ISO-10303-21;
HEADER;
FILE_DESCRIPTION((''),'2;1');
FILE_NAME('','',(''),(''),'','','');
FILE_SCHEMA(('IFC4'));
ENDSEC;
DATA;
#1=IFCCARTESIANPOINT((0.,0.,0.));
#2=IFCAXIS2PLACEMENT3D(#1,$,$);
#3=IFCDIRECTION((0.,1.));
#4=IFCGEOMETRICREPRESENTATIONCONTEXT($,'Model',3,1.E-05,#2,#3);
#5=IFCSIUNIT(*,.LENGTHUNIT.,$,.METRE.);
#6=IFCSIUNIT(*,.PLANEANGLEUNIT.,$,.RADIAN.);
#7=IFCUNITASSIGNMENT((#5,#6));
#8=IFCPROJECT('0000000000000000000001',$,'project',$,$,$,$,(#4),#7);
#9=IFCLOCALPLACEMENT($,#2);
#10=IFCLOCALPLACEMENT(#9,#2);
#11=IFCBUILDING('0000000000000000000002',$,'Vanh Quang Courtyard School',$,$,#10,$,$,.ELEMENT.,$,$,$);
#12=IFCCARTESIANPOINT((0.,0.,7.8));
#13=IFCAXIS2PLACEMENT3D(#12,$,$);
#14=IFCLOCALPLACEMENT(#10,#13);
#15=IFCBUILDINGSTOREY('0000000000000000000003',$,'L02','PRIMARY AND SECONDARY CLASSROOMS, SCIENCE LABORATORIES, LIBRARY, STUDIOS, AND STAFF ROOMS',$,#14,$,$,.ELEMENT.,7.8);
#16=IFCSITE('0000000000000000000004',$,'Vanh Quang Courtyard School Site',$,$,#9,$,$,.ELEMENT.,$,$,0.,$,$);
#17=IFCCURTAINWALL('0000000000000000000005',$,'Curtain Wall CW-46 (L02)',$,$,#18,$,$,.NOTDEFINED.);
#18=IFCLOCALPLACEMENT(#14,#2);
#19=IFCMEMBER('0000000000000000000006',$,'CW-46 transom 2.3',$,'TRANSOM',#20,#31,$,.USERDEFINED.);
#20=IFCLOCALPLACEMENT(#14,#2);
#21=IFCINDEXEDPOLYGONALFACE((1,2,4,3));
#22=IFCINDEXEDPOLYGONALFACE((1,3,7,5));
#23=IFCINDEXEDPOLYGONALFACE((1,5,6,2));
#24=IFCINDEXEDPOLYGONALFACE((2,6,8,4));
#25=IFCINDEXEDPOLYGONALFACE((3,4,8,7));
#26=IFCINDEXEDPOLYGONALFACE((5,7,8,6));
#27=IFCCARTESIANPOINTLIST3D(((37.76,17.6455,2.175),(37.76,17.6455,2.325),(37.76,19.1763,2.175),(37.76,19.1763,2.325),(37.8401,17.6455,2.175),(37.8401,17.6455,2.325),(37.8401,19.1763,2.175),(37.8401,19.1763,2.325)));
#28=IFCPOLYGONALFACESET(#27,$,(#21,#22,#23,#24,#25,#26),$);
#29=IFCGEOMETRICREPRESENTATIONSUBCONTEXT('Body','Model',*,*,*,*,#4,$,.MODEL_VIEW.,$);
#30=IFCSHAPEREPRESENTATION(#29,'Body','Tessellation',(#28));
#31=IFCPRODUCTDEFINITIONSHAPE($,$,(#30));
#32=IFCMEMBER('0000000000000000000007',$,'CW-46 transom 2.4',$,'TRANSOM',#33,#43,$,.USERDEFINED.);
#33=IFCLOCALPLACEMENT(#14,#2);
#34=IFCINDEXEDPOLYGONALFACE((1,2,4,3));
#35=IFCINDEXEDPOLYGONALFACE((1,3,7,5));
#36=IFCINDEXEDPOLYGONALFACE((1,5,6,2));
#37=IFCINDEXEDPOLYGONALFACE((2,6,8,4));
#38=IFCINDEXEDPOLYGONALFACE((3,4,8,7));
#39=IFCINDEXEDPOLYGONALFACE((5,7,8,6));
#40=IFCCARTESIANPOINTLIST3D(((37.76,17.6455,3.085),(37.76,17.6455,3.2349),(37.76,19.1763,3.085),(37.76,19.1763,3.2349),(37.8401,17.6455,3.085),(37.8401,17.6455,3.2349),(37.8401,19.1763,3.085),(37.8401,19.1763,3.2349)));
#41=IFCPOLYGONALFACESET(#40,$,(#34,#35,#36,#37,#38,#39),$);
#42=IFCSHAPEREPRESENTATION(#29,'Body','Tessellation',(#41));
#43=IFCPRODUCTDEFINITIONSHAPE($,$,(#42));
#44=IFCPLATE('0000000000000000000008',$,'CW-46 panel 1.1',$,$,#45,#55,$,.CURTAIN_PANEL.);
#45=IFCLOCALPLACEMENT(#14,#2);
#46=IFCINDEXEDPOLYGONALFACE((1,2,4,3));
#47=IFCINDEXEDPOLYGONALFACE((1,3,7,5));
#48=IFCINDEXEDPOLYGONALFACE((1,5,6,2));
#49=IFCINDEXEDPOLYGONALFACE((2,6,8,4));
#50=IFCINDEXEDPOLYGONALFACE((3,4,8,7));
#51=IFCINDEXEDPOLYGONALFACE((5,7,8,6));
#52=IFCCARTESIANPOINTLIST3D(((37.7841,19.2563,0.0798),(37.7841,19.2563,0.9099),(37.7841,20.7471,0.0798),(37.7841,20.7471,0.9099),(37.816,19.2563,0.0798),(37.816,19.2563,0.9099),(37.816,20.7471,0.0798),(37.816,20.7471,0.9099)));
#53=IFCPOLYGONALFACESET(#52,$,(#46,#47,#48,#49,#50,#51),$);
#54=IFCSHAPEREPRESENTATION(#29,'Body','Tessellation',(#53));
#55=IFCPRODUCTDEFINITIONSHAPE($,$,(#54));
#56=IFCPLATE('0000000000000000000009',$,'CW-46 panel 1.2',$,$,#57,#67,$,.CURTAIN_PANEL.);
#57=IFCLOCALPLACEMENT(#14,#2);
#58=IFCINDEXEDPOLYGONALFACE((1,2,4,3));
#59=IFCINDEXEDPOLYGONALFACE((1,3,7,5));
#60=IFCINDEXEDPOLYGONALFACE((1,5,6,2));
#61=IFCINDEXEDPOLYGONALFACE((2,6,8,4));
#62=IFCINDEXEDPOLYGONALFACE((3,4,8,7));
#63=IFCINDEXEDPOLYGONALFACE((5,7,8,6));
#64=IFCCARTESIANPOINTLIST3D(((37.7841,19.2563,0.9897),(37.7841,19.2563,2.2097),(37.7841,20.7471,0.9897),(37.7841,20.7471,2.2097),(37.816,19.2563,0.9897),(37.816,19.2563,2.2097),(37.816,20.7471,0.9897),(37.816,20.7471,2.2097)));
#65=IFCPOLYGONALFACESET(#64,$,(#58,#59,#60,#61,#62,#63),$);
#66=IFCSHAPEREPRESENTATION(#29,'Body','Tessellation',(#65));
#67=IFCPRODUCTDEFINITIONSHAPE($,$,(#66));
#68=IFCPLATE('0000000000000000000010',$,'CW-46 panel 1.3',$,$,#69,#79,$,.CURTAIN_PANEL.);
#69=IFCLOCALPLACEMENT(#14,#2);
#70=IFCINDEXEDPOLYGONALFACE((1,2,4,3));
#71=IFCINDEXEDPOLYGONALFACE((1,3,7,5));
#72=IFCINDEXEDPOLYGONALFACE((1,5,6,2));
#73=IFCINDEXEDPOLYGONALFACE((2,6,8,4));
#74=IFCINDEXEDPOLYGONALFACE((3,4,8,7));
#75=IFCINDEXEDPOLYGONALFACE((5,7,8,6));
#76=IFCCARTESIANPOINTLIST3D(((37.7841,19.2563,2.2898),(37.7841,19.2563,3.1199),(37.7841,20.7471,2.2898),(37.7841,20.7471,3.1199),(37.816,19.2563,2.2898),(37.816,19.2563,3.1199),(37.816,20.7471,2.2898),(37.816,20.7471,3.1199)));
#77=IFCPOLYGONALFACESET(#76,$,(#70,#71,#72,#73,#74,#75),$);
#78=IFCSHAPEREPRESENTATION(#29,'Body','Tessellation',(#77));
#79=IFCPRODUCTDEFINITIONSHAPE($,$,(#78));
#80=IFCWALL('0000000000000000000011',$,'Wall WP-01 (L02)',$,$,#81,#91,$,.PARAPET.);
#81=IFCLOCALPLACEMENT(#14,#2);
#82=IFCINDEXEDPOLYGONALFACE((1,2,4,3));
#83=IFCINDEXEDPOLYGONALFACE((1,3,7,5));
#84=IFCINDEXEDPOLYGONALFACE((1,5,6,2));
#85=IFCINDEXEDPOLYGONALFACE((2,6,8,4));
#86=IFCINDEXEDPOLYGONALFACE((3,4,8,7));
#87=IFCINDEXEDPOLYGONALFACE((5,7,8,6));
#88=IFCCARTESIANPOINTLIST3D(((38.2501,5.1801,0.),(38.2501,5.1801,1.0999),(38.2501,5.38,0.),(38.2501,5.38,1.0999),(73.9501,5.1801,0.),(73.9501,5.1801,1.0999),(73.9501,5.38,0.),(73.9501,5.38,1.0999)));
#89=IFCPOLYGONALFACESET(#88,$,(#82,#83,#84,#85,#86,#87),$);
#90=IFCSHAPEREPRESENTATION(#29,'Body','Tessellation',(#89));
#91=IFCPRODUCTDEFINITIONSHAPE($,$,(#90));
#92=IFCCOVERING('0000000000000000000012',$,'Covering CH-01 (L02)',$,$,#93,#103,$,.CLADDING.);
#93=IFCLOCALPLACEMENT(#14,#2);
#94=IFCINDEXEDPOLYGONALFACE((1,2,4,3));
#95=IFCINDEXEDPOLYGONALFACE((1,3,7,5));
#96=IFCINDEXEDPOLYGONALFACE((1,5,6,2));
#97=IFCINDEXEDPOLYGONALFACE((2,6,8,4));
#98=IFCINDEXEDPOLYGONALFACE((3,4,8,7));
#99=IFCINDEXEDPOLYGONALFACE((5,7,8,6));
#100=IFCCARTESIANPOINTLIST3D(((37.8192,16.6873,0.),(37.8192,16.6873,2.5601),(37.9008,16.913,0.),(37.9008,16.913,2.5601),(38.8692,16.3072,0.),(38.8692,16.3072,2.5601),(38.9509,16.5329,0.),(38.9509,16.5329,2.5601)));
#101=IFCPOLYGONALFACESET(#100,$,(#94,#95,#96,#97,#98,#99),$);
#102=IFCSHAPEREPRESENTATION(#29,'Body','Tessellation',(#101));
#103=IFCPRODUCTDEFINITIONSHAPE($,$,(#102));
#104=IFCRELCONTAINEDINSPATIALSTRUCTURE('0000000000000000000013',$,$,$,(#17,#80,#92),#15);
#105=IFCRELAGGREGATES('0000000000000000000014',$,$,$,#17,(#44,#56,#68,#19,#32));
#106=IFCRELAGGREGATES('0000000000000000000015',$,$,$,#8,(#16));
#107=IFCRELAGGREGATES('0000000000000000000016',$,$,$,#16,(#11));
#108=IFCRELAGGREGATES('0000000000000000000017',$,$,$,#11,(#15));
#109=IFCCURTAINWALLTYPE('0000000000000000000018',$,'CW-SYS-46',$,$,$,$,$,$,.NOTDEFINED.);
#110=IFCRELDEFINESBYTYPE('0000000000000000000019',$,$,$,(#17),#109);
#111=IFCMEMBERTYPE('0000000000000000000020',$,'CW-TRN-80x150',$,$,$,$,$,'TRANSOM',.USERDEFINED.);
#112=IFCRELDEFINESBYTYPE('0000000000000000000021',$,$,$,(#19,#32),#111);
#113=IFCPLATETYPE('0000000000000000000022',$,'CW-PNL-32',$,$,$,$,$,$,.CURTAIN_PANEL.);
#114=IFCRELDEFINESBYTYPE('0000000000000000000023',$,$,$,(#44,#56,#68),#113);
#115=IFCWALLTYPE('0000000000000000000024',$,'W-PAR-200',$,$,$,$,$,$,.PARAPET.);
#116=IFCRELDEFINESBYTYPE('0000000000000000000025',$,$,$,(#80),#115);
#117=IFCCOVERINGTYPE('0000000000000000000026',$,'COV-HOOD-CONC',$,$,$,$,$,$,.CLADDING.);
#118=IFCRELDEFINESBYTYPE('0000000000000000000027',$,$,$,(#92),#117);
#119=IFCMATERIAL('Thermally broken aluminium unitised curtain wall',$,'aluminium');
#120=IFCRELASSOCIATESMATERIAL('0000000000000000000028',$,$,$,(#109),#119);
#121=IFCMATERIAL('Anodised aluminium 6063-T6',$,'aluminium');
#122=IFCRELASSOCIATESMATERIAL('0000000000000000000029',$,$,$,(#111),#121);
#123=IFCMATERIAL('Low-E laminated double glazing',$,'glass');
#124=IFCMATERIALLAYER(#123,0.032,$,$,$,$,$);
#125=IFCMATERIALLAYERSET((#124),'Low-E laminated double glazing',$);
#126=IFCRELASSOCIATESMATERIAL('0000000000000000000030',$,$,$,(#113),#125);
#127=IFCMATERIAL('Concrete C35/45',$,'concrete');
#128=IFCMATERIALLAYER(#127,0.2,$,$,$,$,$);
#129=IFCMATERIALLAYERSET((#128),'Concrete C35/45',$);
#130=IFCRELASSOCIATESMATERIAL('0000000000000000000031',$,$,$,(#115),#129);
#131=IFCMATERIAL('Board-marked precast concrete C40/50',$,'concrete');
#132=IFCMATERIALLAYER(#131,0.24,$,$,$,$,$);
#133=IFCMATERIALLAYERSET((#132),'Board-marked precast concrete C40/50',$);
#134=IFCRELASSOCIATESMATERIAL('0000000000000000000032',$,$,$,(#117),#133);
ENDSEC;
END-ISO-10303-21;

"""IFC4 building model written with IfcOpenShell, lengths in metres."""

from ifc_helpers import new_model, si_unit, direction, frame, frame_2d, origin, origin_2d, place, context, subcontext, project, spatial, rectangle, extrude, material, layer, layer_set, material_profile, profile_set, type_object, element, aggregate, save


model = new_model("IFC4")

# Units and contexts
model_context = context("Model", 3, precision=1e-05, world=origin(), true_north=direction((0.0, 1.0)))
body_context = subcontext(model_context, "Body", "Model", "MODEL_VIEW")
ifc_project = project(units=[si_unit("LENGTHUNIT", "METRE"), si_unit("PLANEANGLEUNIT", "RADIAN")], contexts=[model_context])

# Site, building, storey
site_placement = place(None, origin())
site = spatial("IfcSite", under=ifc_project, at=site_placement, Name="Vanh Quang Courtyard School Site", CompositionType="ELEMENT", RefElevation=0.0)
building_placement = place(site_placement, origin())
building = spatial("IfcBuilding", under=site, at=building_placement, Name="Vanh Quang Courtyard School", CompositionType="ELEMENT")
storey_placement = place(building_placement, frame((0.0, 0.0, 7.8)))
storey = spatial("IfcBuildingStorey", under=building, at=storey_placement, Name="L02", Description="PRIMARY AND SECONDARY CLASSROOMS, SCIENCE LABORATORIES, LIBRARY, STUDIOS, AND STAFF ROOMS", CompositionType="ELEMENT", Elevation=7.8)

# Shared definitions
ifc_material_1 = material(Name="Concrete C35/45", Category="concrete")

# Curtain wall, members, plates
ifc_material_2 = material(Name="Thermally broken aluminium unitised curtain wall", Category="aluminium")
curtain_wall_type = type_object("IfcCurtainWallType", Name="CW-SYS-46", PredefinedType="NOTDEFINED", material=ifc_material_2)
curtain_wall_placement = place(storey_placement, origin())
curtain_wall = element("IfcCurtainWall", 1, at=curtain_wall_placement, inside=storey, type_object=curtain_wall_type, Name="Curtain Wall CW-46 (L02)", PredefinedType="NOTDEFINED")
ifc_material_3 = material(Name="Anodised aluminium 6063-T6", Category="aluminium")
ifc_material_profile_1 = material_profile(ifc_material_3, rectangle(XDim=0.0801, YDim=0.1499, at=origin_2d()), Name="ALU-TRN 80x150")
ifc_profile_set_1 = profile_set([ifc_material_profile_1], Name="Anodised aluminium 6063-T6")
member_type_1 = type_object("IfcMemberType", Name="CW-TRN-80x150", ElementType="TRANSOM", PredefinedType="USERDEFINED", material=ifc_profile_set_1)
member_1_placement = place(storey_placement, frame((37.8, 19.1763, 2.25), z_axis=(0.0, -1.0, 0.0), x_axis=(1.0, 0.0, 0.0)))
member_1 = element("IfcMember", 2, at=member_1_placement, type_object=member_type_1, Name="CW-46 transom 2.3", ObjectType="TRANSOM", PredefinedType="USERDEFINED", context=body_context, shape_type="SweptSolid", body=[
    extrude(rectangle(XDim=0.0801, YDim=0.1499, at=origin_2d()), origin(), (0.0, 0.0, 1.0), 1.5308),
])
member_2_placement = place(storey_placement, frame((37.8, 19.1763, 3.1599), z_axis=(0.0, -1.0, 0.0), x_axis=(1.0, 0.0, 0.0)))
member_2 = element("IfcMember", 3, at=member_2_placement, type_object=member_type_1, Name="CW-46 transom 2.4", ObjectType="TRANSOM", PredefinedType="USERDEFINED", context=body_context, shape_type="SweptSolid", body=[
    extrude(rectangle(XDim=0.0801, YDim=0.1499, at=origin_2d()), origin(), (0.0, 0.0, 1.0), 1.5308),
])
ifc_material_4 = material(Name="Low-E laminated double glazing", Category="glass")
ifc_layer_1 = layer(ifc_material_4, 0.032)
ifc_layer_set_1 = layer_set([ifc_layer_1], Name="Low-E laminated double glazing")
plate_type = type_object("IfcPlateType", Name="CW-PNL-32", PredefinedType="CURTAIN_PANEL", material=ifc_layer_set_1)
plate_1_placement = place(storey_placement, frame((37.8, 20.0017, 0.0798), z_axis=(0.0, 0.0, 1.0), x_axis=(0.0, -1.0, 0.0)))
plate_1 = element("IfcPlate", 4, at=plate_1_placement, type_object=plate_type, Name="CW-46 panel 1.1", PredefinedType="CURTAIN_PANEL", context=body_context, shape_type="SweptSolid", body=[
    extrude(rectangle(XDim=1.4907, YDim=0.032, at=origin_2d()), origin(), (0.0, 0.0, 1.0), 0.8301),
])
plate_2_placement = place(storey_placement, frame((37.8, 20.0017, 0.9897), z_axis=(0.0, 0.0, 1.0), x_axis=(0.0, -1.0, 0.0)))
plate_2 = element("IfcPlate", 5, at=plate_2_placement, type_object=plate_type, Name="CW-46 panel 1.2", PredefinedType="CURTAIN_PANEL", context=body_context, shape_type="SweptSolid", body=[
    extrude(rectangle(XDim=1.4907, YDim=0.032, at=origin_2d()), origin(), (0.0, 0.0, 1.0), 1.22),
])
plate_3_placement = place(storey_placement, frame((37.8, 20.0017, 2.2898), z_axis=(0.0, 0.0, 1.0), x_axis=(0.0, -1.0, 0.0)))
plate_3 = element("IfcPlate", 6, at=plate_3_placement, type_object=plate_type, Name="CW-46 panel 1.3", PredefinedType="CURTAIN_PANEL", context=body_context, shape_type="SweptSolid", body=[
    extrude(rectangle(XDim=1.4907, YDim=0.032, at=origin_2d()), origin(), (0.0, 0.0, 1.0), 0.8301),
])
aggregate(curtain_wall, [plate_1, plate_2, plate_3, member_1, member_2])

# Wall
ifc_layer_2 = layer(ifc_material_1, 0.2)
ifc_layer_set_2 = layer_set([ifc_layer_2], Name="Concrete C35/45")
wall_type = type_object("IfcWallType", Name="W-PAR-200", PredefinedType="PARAPET", material=ifc_layer_set_2)
wall_placement = place(storey_placement, frame((38.25, 5.28, 0.0), z_axis=(0.0, 0.0, 1.0), x_axis=(1.0, 0.0, 0.0)))
element("IfcWall", 7, at=wall_placement, inside=storey, type_object=wall_type, Name="Wall WP-01 (L02)", PredefinedType="PARAPET", context=body_context, shape_type="SweptSolid", body=[
    extrude(rectangle(XDim=35.7, YDim=0.2, at=frame_2d((17.8501, 0.0))), origin(), (0.0, 0.0, 1.0), 1.0999),
])

# Covering
ifc_material_5 = material(Name="Board-marked precast concrete C40/50", Category="concrete")
ifc_layer_3 = layer(ifc_material_5, 0.24)
ifc_layer_set_3 = layer_set([ifc_layer_3], Name="Board-marked precast concrete C40/50")
covering_type = type_object("IfcCoveringType", Name="COV-HOOD-CONC", PredefinedType="CLADDING", material=ifc_layer_set_3)
covering_placement = place(storey_placement, frame((38.385, 16.6101, 0.0), z_axis=(0.0, 0.0, 1.0), x_axis=(0.940288, -0.34038, 0.0)))
element("IfcCovering", 8, at=covering_placement, inside=storey, type_object=covering_type, Name="Covering CH-01 (L02)", PredefinedType="CLADDING", context=body_context, shape_type="SweptSolid", body=[
    extrude(rectangle(XDim=1.1167, YDim=0.24, at=origin_2d()), origin(), (0.0, 0.0, 1.0), 2.5601),
])

save(model, "model.ifc")
